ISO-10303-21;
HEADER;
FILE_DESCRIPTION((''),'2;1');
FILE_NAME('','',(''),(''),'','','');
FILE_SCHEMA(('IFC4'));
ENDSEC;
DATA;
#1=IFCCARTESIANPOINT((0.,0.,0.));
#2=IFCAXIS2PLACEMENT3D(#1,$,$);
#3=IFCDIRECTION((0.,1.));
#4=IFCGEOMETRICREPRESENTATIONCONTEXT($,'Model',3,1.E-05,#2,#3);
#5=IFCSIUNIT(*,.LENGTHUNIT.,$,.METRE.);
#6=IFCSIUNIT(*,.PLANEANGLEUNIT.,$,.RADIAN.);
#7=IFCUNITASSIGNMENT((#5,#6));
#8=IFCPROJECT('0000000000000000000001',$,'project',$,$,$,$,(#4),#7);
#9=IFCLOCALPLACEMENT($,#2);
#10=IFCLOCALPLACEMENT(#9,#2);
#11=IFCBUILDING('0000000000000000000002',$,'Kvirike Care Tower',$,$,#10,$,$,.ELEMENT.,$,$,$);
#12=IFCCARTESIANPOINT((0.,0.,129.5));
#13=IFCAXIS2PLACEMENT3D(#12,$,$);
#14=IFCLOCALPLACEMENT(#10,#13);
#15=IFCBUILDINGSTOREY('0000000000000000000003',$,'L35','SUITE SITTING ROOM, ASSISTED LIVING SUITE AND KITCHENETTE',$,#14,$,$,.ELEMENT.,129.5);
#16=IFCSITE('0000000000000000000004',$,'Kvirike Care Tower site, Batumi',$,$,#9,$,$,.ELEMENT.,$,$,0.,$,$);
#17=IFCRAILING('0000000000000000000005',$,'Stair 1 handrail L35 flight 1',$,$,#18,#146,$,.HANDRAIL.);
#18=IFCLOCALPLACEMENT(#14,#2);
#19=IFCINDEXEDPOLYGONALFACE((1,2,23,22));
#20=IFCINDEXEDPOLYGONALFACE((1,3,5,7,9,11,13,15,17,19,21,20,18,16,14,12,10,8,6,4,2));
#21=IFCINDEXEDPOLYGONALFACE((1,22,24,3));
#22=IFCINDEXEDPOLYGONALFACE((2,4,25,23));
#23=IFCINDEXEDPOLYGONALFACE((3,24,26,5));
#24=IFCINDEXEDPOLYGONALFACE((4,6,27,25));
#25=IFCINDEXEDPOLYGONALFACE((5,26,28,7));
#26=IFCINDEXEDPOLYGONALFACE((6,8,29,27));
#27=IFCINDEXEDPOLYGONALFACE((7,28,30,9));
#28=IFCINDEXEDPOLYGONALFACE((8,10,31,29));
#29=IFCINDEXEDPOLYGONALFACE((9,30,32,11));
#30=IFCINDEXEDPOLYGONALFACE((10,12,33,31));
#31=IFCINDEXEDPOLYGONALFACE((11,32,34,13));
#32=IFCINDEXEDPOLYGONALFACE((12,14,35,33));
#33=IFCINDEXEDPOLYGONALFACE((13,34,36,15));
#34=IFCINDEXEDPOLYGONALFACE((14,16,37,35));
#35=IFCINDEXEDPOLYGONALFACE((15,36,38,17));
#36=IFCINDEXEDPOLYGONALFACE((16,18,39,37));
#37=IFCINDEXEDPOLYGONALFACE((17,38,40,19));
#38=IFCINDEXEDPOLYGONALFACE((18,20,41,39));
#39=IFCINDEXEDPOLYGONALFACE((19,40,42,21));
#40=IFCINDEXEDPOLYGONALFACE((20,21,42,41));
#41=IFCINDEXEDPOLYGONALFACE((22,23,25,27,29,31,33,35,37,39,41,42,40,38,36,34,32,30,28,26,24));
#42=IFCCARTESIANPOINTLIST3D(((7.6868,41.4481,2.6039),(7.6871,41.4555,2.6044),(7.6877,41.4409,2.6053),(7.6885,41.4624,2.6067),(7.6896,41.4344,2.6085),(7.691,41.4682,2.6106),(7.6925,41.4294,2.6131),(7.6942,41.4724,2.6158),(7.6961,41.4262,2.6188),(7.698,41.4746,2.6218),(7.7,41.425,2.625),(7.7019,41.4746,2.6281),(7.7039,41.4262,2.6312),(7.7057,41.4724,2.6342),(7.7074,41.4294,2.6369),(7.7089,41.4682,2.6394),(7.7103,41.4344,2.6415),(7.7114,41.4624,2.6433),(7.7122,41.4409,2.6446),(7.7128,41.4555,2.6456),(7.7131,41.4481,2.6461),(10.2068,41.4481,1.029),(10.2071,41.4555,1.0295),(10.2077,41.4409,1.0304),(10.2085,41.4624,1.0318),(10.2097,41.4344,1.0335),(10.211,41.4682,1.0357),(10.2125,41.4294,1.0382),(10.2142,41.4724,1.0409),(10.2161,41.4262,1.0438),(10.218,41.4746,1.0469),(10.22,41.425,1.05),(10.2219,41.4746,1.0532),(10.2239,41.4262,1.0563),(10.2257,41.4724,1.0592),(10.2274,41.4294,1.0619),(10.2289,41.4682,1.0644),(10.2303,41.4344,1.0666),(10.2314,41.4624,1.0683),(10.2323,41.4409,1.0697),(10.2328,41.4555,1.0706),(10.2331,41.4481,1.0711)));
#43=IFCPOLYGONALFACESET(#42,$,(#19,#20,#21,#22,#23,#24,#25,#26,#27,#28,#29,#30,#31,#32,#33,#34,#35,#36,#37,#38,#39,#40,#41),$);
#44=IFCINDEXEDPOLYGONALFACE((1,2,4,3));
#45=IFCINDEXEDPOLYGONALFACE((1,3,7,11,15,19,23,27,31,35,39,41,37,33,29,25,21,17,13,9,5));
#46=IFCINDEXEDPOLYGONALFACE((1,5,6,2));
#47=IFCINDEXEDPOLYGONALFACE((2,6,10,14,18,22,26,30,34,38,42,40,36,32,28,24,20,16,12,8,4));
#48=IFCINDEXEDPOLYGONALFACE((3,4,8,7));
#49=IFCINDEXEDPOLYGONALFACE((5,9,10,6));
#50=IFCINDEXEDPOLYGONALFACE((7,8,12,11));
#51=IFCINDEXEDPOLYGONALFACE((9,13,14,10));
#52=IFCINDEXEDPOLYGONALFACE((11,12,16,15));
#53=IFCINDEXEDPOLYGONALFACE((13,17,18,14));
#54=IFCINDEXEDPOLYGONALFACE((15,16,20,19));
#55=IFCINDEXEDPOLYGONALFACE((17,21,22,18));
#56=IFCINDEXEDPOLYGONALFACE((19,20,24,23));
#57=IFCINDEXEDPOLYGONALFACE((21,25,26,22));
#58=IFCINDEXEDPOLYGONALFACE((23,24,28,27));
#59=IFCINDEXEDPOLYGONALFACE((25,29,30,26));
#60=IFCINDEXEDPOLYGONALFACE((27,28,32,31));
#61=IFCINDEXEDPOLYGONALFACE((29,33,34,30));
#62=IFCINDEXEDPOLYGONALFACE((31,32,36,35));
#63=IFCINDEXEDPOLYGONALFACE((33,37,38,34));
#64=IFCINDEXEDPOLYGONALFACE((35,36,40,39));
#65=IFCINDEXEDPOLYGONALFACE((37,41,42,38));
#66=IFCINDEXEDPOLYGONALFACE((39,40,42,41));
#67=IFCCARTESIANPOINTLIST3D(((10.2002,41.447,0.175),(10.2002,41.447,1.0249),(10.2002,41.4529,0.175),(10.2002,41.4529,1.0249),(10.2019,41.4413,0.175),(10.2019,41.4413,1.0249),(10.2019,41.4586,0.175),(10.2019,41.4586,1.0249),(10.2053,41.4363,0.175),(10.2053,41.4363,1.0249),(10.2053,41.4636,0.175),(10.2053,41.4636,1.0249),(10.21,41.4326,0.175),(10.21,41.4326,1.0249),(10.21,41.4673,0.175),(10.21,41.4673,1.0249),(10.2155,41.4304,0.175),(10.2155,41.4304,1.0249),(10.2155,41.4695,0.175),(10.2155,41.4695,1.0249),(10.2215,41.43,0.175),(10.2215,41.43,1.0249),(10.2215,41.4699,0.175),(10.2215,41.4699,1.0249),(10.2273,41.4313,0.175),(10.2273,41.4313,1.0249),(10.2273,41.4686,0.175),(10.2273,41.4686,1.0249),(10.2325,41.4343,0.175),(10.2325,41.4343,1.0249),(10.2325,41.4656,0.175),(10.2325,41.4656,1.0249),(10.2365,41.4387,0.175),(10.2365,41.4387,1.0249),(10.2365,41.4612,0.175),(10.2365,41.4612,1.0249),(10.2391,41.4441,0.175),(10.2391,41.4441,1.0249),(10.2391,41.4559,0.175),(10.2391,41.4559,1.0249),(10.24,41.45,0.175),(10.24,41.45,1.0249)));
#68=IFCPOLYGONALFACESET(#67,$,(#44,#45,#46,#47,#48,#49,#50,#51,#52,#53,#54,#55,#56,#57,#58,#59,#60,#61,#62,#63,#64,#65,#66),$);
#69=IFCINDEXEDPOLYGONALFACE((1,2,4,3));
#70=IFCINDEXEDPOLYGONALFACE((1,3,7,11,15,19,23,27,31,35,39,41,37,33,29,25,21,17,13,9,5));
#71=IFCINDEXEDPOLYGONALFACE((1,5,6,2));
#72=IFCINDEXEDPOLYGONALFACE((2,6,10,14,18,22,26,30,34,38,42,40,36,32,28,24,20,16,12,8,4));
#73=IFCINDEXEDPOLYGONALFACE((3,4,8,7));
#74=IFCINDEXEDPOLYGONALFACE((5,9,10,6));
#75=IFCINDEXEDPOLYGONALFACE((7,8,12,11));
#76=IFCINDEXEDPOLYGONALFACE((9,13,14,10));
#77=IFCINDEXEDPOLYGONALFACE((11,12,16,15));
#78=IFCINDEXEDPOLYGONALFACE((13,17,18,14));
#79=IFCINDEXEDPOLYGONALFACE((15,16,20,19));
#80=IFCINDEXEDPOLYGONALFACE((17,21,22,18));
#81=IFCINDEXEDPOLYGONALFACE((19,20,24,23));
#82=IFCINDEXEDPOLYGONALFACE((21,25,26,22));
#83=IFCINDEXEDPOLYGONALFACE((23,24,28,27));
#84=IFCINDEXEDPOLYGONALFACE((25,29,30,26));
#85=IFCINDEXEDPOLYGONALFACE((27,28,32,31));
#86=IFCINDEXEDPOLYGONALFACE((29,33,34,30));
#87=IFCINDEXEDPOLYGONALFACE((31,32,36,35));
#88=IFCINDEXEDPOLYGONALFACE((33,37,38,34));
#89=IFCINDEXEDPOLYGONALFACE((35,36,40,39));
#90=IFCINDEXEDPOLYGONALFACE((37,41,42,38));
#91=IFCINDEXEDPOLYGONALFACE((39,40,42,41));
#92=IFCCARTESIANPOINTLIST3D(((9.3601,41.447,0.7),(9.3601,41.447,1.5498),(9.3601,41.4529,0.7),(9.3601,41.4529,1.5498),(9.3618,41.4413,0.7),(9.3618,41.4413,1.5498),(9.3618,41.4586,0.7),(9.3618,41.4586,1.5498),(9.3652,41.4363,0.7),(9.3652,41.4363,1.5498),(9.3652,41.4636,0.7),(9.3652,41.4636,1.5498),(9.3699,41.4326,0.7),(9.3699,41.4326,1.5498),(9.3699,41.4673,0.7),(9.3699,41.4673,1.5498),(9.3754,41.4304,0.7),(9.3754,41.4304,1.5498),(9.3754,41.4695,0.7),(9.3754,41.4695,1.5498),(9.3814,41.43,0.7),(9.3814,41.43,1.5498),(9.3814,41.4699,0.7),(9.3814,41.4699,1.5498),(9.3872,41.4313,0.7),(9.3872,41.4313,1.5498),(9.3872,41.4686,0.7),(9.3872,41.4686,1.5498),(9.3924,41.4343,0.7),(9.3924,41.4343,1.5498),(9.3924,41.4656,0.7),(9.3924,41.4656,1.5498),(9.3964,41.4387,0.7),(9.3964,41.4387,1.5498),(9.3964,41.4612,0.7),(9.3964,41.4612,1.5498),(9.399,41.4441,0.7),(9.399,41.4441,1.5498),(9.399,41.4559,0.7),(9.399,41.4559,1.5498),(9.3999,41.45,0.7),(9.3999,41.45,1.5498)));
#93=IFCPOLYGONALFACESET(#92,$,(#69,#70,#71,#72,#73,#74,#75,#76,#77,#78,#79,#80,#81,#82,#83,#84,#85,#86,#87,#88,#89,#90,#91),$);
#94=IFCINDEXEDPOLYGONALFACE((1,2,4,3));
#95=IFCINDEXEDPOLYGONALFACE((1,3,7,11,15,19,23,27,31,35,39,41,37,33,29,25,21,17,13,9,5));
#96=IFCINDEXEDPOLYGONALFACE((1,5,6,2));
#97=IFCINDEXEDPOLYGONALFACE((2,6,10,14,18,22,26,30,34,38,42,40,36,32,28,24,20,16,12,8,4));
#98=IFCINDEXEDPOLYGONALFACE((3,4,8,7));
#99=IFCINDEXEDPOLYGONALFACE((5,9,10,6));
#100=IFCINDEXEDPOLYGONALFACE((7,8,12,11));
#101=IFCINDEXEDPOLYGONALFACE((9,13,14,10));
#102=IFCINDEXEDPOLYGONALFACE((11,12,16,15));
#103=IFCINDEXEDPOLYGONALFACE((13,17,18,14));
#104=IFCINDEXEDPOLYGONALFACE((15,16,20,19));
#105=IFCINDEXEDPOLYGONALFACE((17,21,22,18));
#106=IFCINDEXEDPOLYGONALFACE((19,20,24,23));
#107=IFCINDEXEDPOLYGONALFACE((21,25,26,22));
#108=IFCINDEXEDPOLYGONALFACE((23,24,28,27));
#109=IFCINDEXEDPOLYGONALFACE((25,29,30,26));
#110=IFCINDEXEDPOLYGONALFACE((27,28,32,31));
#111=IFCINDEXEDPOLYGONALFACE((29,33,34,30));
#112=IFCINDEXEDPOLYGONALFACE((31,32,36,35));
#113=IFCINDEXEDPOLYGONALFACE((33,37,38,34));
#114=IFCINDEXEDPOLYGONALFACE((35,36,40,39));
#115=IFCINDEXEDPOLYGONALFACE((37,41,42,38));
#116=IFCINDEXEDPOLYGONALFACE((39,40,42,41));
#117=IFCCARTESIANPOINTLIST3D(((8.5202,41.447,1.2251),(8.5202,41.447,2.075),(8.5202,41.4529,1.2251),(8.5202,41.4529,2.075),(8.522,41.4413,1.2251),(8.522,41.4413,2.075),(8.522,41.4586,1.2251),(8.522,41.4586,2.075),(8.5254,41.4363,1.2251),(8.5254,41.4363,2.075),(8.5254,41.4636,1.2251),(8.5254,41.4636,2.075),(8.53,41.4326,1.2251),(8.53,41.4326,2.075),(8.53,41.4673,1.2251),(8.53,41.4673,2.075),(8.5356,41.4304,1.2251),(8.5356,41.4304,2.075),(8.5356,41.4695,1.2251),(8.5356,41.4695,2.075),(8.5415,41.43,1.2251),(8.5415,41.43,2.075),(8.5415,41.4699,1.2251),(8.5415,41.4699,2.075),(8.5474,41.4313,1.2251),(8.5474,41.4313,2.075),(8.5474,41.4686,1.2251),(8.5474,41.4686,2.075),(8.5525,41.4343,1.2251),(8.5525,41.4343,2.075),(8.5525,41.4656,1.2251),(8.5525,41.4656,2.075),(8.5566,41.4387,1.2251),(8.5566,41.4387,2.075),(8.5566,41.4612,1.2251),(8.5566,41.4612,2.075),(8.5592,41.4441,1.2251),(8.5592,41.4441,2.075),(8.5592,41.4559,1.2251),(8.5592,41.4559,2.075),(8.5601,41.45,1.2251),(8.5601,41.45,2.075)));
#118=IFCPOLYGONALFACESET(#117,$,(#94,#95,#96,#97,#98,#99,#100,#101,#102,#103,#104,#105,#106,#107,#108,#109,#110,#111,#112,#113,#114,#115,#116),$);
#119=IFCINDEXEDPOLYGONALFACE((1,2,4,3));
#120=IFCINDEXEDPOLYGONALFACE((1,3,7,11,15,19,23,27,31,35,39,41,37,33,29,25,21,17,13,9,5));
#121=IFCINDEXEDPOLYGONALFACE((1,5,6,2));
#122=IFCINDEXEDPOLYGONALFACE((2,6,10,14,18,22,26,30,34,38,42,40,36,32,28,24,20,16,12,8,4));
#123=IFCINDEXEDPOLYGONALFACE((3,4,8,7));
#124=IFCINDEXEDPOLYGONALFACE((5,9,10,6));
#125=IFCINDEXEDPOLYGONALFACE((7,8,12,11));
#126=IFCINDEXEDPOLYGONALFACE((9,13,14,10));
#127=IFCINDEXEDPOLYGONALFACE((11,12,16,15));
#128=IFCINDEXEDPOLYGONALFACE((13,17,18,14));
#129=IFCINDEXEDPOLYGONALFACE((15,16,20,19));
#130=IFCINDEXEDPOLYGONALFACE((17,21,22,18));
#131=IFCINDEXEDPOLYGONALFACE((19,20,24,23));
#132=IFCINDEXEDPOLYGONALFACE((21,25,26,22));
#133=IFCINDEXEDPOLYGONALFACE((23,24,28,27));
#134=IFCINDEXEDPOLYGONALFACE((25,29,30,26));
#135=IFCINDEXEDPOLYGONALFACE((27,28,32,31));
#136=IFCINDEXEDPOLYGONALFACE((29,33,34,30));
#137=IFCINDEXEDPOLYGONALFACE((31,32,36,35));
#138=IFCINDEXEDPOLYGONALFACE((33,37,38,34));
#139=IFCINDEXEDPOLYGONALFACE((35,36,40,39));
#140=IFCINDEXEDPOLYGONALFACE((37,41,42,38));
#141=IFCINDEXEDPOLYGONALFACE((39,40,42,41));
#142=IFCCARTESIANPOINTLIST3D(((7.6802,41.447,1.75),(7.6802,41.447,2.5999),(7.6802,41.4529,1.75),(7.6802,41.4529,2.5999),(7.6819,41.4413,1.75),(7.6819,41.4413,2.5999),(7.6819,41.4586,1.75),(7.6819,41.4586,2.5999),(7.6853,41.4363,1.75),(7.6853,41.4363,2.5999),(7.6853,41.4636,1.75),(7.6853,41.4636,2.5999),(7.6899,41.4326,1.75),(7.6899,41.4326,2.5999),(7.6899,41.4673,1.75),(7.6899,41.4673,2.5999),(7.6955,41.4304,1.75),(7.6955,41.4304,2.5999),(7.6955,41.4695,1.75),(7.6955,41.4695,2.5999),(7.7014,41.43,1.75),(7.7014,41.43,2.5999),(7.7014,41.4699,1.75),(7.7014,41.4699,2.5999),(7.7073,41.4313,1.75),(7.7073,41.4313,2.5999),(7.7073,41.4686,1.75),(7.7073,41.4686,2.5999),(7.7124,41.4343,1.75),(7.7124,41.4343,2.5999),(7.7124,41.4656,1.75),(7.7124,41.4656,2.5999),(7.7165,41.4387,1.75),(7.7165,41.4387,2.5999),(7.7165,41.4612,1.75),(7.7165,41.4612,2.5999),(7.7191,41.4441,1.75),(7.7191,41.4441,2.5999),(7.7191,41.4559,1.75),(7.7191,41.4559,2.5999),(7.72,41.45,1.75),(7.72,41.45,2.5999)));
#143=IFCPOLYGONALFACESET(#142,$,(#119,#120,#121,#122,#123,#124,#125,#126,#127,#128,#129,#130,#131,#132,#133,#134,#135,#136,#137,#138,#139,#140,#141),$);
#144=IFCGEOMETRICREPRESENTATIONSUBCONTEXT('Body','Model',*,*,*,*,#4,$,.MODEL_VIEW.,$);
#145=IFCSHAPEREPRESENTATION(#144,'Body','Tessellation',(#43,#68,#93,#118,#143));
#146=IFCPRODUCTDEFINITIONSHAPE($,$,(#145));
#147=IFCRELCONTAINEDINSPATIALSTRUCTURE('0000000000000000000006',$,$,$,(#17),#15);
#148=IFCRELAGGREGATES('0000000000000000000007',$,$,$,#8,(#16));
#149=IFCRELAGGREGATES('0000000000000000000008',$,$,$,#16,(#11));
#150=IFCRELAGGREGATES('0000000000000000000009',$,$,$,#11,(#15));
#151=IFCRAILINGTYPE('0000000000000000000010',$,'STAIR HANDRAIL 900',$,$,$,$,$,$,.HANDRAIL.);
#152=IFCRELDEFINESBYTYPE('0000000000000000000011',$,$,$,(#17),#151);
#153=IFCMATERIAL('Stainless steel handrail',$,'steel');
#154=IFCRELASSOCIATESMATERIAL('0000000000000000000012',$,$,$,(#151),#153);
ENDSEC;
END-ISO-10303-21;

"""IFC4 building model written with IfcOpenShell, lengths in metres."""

from ifc_helpers import new_model, si_unit, direction, frame, origin, origin_2d, place, context, subcontext, project, spatial, circle, extrude, material, type_object, element, save


model = new_model("IFC4")

# Units and contexts
model_context = context("Model", 3, precision=1e-05, world=origin(), true_north=direction((0.0, 1.0)))
body_context = subcontext(model_context, "Body", "Model", "MODEL_VIEW")
ifc_project = project(units=[si_unit("LENGTHUNIT", "METRE"), si_unit("PLANEANGLEUNIT", "RADIAN")], contexts=[model_context])

# Site, building, storey
site_placement = place(None, origin())
site = spatial("IfcSite", under=ifc_project, at=site_placement, Name="Kvirike Care Tower site, Batumi", CompositionType="ELEMENT", RefElevation=0.0)
building_placement = place(site_placement, origin())
building = spatial("IfcBuilding", under=site, at=building_placement, Name="Kvirike Care Tower", CompositionType="ELEMENT")
storey_placement = place(building_placement, frame((0.0, 0.0, 129.5)))
storey = spatial("IfcBuildingStorey", under=building, at=storey_placement, Name="L35", Description="SUITE SITTING ROOM, ASSISTED LIVING SUITE AND KITCHENETTE", CompositionType="ELEMENT", Elevation=129.5)

# Railing
ifc_material_1 = material(Name="Stainless steel handrail", Category="steel")
railing_type = type_object("IfcRailingType", Name="STAIR HANDRAIL 900", PredefinedType="HANDRAIL", material=ifc_material_1)
railing_1_placement = place(storey_placement, frame((10.22, 41.45, 0.175)))
element("IfcRailing", 1, at=railing_1_placement, inside=storey, type_object=railing_type, Name="Stair 1 handrail L35 flight 1", PredefinedType="HANDRAIL", context=body_context, shape_type="SweptSolid", body=[
    extrude(circle(Radius=0.0249, at=origin_2d()), frame((0.0, 0.0, 0.875), z_axis=(-0.848008, 0.0, 0.529984), x_axis=(0.0, -1.0, 0.0)), (0.0, 0.0, 1.0), 2.9717),
    extrude(circle(Radius=0.02, at=origin_2d()), origin(), (0.0, 0.0, 1.0), 0.8499),
    extrude(circle(Radius=0.02, at=origin_2d()), frame((-0.8401, 0.0, 0.5249)), (0.0, 0.0, 1.0), 0.8499),
    extrude(circle(Radius=0.02, at=origin_2d()), frame((-1.6799, 0.0, 1.05)), (0.0, 0.0, 1.0), 0.8499),
    extrude(circle(Radius=0.02, at=origin_2d()), frame((-2.52, 0.0, 1.575)), (0.0, 0.0, 1.0), 0.8499),
])

save(model, "model.ifc")
